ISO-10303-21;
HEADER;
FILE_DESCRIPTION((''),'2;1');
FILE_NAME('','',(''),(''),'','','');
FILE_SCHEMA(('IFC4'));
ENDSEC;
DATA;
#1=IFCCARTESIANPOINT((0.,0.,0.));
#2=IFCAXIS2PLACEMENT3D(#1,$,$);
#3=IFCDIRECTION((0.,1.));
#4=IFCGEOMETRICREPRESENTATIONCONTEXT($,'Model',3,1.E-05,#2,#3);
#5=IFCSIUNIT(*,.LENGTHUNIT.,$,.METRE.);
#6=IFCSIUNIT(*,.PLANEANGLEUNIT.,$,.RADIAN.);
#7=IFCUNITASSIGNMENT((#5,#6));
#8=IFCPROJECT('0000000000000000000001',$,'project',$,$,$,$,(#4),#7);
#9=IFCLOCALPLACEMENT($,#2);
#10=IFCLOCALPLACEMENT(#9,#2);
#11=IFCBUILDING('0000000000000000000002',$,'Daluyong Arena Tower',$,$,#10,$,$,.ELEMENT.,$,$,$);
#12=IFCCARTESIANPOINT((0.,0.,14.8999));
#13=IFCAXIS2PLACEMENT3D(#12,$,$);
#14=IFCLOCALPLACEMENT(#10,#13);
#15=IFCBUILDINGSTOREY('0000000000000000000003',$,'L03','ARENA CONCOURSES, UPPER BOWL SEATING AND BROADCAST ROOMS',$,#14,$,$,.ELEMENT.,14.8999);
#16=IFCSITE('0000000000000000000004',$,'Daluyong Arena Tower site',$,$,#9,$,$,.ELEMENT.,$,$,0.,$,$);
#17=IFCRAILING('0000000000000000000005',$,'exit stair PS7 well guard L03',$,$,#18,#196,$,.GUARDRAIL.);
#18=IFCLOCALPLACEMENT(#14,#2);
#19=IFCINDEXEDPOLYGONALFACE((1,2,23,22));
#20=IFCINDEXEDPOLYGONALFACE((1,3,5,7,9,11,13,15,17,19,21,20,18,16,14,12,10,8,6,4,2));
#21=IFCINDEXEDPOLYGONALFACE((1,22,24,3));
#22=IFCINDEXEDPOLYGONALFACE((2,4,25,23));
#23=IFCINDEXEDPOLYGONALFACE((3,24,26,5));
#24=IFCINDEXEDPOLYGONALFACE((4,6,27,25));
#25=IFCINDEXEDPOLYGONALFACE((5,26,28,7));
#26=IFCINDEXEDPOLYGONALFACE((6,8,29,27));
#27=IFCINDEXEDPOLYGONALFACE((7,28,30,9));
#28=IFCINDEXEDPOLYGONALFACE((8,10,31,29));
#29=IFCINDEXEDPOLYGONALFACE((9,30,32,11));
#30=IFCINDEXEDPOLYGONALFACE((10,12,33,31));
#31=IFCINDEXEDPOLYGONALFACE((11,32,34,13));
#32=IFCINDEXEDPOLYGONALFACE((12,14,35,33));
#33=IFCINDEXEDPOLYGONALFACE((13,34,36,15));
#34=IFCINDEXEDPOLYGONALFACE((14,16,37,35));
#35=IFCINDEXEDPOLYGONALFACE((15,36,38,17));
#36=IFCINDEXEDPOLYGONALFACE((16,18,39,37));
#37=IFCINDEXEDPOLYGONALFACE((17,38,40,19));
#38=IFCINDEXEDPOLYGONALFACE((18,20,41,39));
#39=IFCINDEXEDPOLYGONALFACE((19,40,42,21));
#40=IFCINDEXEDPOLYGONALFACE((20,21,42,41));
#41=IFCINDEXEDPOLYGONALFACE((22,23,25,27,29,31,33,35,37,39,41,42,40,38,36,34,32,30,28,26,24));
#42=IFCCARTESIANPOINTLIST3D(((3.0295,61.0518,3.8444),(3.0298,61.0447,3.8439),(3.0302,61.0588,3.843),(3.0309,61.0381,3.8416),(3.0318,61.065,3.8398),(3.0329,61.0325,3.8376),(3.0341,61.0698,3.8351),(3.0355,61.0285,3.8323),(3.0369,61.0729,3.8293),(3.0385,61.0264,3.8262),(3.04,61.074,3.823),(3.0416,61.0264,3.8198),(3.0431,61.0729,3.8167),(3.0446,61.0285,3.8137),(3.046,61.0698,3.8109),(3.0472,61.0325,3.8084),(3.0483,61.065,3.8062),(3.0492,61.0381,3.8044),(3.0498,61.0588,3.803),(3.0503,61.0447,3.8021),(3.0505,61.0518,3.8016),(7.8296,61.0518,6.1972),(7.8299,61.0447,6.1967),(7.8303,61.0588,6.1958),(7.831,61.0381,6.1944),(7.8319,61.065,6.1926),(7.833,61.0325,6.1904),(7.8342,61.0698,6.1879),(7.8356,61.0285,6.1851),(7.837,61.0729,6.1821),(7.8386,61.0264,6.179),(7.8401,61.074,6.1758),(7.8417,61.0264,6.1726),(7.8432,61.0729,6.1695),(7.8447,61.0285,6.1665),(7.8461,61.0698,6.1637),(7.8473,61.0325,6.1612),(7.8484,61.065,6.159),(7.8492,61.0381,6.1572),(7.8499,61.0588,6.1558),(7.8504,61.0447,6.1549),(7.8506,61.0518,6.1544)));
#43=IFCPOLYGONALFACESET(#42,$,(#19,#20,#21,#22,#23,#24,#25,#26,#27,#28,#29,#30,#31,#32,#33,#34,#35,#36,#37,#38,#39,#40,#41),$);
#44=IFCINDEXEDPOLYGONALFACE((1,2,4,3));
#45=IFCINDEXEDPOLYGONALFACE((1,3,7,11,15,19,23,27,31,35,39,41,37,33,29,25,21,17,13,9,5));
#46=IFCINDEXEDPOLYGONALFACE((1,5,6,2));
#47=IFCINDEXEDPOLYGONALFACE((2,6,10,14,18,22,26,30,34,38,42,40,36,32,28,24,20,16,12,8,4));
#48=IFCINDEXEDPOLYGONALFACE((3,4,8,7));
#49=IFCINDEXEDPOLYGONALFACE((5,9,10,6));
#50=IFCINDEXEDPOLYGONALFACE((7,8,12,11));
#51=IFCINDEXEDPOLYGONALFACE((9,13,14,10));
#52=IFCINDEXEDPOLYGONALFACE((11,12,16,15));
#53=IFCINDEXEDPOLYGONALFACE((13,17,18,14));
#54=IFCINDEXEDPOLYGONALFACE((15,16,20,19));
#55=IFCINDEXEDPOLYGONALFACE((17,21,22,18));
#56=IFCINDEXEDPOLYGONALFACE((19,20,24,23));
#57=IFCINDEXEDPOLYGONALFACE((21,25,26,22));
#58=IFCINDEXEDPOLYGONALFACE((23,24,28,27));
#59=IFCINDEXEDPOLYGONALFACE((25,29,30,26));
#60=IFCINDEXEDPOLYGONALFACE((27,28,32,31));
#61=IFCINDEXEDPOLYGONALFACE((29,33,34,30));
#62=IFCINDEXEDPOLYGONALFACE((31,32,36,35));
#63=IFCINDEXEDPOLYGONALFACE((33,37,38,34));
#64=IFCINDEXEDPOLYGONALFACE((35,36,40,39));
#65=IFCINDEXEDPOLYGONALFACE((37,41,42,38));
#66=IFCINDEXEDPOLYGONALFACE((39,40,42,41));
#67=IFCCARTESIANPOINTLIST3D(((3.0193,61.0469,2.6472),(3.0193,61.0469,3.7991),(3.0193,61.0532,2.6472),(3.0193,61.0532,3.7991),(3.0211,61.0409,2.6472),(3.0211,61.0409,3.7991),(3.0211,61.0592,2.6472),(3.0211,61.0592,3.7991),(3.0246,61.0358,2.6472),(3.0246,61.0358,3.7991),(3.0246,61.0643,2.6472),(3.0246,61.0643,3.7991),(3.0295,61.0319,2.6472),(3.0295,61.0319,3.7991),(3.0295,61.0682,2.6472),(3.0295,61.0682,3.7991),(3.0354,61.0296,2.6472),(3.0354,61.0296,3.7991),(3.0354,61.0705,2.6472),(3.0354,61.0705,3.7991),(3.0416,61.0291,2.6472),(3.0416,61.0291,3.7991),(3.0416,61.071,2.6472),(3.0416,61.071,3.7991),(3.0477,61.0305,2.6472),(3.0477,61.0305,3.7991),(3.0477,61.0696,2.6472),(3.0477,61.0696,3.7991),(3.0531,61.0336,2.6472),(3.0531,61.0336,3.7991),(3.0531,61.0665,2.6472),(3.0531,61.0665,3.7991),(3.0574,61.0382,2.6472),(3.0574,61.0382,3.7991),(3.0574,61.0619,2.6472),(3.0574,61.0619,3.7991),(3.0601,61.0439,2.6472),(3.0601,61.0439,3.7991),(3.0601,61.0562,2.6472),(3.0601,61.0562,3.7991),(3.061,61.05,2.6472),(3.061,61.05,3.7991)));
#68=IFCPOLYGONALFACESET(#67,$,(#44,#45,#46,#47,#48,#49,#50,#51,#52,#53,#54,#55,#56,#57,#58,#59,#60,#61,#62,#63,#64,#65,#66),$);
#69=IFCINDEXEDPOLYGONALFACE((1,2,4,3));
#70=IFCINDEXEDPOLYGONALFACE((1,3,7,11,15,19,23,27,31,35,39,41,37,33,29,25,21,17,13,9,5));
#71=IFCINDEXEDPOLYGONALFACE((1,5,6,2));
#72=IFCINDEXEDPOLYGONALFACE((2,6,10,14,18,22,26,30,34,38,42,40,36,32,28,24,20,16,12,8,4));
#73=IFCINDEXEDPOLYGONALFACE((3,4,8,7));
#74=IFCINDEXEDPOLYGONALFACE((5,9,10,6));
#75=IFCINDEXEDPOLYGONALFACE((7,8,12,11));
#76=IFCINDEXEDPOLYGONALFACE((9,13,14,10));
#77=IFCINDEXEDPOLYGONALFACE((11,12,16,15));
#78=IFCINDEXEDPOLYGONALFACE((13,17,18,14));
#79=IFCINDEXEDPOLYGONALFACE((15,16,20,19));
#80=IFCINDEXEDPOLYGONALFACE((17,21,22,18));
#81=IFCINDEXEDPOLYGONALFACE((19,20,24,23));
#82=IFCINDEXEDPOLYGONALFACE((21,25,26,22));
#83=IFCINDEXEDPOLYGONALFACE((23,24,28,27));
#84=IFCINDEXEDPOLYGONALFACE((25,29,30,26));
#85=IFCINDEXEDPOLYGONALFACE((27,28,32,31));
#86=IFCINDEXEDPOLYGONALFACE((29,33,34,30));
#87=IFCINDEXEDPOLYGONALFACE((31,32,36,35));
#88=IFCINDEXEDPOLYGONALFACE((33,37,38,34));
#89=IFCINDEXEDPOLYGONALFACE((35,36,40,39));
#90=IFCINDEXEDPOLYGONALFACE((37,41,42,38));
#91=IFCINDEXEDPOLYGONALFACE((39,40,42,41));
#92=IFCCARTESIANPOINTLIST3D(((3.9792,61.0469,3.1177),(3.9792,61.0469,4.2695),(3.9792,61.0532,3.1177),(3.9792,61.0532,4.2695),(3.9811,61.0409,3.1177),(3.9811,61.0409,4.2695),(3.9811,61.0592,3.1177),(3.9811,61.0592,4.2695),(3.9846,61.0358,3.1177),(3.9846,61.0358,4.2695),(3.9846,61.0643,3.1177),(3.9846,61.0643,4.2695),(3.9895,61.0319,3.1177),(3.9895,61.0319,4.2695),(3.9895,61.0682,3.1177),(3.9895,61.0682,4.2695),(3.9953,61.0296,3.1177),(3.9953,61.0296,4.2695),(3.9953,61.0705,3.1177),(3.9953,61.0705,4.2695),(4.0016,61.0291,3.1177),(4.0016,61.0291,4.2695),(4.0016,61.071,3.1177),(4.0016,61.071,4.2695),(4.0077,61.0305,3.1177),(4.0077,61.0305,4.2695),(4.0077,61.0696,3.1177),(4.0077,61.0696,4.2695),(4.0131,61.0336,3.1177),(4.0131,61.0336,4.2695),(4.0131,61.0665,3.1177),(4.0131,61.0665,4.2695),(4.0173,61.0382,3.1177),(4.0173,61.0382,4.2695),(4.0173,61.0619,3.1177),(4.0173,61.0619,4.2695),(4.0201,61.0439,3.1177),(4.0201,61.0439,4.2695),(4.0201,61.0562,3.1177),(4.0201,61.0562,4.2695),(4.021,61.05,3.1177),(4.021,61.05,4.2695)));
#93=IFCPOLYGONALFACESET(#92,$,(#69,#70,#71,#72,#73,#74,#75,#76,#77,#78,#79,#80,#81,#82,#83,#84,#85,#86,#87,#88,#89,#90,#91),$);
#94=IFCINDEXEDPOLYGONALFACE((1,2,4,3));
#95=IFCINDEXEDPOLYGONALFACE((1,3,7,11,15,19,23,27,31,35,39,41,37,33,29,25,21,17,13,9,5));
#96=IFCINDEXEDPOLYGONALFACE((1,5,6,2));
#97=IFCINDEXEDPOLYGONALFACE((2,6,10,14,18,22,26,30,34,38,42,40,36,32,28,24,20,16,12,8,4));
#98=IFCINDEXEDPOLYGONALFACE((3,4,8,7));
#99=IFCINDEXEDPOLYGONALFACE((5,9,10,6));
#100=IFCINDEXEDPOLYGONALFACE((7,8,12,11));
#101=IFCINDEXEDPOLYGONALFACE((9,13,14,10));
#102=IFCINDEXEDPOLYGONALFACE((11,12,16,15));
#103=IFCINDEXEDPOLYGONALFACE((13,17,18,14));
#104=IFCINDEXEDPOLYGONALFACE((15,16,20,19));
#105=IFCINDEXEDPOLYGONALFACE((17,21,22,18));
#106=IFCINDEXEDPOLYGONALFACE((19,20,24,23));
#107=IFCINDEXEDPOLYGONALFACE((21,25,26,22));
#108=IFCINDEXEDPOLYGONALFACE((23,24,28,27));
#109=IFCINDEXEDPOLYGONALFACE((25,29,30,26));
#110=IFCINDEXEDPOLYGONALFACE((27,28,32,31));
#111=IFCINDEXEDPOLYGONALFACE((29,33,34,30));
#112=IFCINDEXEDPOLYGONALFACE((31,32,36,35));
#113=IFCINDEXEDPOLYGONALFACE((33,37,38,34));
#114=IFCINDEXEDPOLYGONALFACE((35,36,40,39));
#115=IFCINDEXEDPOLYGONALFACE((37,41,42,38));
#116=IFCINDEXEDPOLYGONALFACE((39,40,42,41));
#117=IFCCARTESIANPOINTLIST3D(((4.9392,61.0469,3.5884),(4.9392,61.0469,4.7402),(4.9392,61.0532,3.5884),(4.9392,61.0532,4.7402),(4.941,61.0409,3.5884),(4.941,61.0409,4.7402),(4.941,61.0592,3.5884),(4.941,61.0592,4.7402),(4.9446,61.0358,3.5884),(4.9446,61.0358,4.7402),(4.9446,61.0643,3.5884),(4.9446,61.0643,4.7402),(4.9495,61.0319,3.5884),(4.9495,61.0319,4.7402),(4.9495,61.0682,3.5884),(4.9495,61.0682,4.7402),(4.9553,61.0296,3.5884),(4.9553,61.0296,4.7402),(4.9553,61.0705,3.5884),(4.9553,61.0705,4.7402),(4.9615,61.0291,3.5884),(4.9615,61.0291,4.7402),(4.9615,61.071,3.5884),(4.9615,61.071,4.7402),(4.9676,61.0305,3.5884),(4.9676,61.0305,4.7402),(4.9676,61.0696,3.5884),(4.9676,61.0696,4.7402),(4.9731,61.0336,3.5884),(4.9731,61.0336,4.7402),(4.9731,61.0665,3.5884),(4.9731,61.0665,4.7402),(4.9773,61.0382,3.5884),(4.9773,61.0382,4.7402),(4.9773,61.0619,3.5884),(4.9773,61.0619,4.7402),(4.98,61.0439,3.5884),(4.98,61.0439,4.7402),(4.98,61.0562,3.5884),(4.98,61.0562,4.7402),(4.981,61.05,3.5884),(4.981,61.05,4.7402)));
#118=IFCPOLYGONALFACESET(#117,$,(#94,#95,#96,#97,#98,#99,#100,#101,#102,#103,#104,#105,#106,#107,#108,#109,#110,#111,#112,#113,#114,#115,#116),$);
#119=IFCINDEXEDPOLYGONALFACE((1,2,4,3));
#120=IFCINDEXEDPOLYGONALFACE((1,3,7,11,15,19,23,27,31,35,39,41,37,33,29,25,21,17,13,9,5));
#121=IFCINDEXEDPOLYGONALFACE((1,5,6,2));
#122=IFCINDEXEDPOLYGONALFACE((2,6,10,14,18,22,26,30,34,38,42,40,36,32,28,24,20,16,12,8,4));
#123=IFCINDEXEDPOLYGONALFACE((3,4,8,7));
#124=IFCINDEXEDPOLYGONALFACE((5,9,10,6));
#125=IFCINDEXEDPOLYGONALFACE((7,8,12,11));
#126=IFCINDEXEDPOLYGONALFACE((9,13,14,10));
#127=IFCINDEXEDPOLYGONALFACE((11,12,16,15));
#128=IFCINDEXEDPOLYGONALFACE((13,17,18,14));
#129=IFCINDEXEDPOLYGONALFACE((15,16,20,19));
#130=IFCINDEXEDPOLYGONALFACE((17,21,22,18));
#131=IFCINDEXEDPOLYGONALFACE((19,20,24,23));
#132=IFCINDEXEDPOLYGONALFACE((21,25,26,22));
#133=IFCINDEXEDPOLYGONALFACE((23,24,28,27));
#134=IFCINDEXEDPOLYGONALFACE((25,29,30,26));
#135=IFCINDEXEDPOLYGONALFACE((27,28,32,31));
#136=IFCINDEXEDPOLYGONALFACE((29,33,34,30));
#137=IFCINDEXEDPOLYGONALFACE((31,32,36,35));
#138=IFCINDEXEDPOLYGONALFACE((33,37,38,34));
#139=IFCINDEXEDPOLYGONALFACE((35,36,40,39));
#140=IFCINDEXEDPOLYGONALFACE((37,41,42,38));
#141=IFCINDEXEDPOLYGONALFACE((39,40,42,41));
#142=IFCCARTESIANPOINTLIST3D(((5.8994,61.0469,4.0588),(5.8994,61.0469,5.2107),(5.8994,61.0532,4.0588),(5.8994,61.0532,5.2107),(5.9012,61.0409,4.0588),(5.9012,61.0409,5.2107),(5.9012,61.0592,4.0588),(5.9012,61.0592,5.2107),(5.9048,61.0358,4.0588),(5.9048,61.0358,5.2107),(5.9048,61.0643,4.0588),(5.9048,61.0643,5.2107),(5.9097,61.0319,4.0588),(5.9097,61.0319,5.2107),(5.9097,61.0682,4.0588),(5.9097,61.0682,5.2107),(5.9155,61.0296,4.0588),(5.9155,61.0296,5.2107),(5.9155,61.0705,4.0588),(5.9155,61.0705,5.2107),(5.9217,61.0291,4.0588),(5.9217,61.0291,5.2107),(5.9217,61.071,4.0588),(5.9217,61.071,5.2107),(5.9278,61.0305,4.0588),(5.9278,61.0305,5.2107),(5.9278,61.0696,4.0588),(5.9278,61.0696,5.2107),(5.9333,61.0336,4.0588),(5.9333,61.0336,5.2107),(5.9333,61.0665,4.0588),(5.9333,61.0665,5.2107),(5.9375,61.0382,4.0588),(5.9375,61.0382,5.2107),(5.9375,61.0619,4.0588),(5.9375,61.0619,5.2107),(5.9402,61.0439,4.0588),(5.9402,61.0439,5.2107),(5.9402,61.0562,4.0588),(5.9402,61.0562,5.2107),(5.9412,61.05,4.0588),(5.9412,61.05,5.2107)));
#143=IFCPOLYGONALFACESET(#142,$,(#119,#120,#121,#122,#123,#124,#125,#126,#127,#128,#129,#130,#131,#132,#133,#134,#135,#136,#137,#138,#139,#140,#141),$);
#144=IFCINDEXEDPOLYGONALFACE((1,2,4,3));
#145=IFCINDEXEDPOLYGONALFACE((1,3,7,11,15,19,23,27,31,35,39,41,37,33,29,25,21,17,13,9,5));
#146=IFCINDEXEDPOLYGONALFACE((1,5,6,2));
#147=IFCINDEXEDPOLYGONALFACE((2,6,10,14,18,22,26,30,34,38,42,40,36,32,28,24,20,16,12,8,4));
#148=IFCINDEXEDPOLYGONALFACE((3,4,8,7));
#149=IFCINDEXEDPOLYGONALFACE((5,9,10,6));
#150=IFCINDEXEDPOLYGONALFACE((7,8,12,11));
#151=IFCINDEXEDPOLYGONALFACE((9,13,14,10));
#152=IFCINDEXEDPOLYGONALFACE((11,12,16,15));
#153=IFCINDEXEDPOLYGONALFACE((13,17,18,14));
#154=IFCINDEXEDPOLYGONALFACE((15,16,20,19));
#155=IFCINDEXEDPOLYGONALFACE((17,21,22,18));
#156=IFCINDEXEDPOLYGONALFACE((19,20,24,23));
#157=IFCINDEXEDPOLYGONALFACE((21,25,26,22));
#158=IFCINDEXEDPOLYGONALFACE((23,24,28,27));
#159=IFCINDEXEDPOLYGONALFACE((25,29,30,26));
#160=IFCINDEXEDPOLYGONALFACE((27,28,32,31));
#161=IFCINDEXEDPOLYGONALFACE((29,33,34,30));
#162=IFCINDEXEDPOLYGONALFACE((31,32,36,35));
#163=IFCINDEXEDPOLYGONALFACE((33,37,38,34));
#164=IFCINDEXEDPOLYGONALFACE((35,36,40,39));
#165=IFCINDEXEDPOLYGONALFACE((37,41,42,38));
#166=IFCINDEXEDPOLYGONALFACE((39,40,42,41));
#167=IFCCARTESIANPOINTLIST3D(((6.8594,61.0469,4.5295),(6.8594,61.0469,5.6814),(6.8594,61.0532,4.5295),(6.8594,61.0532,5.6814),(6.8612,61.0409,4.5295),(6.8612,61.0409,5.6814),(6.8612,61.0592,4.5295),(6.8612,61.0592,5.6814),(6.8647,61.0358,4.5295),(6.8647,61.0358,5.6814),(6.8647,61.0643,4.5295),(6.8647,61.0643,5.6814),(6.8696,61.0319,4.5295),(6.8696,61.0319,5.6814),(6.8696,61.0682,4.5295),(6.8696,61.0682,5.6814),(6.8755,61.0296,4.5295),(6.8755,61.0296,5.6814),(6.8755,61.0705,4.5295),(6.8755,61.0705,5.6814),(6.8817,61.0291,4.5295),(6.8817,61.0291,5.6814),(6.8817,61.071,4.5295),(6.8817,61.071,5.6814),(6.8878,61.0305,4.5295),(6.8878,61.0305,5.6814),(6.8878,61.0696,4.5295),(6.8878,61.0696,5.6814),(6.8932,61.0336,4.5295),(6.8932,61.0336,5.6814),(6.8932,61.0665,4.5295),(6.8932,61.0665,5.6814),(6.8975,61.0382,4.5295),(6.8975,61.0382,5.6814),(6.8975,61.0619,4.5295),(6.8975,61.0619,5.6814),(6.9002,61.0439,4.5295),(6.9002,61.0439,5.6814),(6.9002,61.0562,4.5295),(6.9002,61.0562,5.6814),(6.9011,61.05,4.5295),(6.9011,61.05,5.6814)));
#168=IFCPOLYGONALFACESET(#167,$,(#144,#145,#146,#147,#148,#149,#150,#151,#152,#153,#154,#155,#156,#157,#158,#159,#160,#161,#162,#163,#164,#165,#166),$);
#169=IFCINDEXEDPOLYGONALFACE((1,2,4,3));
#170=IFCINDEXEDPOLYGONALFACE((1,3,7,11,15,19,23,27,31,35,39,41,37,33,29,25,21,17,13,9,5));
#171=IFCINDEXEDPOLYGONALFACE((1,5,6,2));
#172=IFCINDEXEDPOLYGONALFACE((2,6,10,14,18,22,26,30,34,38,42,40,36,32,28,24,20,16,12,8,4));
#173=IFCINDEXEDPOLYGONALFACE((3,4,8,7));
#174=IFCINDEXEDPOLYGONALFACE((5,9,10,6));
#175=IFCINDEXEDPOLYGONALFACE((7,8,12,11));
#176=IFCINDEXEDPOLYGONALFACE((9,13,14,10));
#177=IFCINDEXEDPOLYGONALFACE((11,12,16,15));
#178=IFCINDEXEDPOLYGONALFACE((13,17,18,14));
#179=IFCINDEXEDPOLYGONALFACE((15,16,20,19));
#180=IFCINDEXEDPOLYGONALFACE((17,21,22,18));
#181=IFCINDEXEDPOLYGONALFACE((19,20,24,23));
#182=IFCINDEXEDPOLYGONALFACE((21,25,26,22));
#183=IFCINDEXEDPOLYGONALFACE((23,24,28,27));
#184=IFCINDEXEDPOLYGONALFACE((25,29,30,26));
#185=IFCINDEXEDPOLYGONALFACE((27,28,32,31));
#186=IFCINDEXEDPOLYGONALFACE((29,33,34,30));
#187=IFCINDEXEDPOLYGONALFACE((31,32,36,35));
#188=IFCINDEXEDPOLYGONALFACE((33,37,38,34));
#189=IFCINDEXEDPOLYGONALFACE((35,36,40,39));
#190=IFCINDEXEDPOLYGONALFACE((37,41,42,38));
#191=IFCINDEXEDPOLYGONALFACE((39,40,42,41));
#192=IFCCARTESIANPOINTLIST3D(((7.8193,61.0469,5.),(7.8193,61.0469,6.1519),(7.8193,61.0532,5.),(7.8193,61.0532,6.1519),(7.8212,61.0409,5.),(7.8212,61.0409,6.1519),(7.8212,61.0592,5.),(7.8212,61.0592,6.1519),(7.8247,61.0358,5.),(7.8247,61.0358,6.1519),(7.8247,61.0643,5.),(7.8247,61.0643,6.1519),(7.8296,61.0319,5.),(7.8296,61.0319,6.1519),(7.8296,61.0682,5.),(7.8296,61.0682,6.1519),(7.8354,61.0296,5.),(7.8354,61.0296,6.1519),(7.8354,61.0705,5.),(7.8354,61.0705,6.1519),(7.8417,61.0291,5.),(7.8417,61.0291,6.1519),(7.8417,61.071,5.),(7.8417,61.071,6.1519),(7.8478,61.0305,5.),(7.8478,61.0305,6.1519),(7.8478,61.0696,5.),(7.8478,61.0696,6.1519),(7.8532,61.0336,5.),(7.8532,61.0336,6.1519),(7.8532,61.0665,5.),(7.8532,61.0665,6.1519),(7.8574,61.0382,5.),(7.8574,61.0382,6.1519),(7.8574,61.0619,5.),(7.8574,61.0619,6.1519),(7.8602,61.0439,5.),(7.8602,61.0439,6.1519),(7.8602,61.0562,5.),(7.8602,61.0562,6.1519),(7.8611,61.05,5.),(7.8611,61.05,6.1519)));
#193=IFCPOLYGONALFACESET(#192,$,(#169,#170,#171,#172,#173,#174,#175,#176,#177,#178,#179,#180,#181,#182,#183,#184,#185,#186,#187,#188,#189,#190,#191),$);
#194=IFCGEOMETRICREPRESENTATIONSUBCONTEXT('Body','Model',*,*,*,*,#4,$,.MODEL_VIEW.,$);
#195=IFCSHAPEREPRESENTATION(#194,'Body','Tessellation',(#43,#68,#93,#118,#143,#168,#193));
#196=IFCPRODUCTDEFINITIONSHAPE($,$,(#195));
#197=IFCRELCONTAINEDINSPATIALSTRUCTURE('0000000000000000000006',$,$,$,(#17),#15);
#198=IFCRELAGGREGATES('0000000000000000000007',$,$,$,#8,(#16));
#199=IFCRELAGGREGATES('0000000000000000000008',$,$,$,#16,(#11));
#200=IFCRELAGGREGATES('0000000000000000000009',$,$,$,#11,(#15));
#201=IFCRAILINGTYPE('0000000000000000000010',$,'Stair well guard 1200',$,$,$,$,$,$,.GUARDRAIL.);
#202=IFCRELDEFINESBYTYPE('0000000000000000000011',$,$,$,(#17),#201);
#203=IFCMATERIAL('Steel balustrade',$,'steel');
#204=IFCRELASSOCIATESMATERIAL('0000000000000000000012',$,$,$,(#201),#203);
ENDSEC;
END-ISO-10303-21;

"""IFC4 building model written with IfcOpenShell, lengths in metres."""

from ifc_helpers import new_model, si_unit, direction, frame, origin, origin_2d, place, context, subcontext, project, spatial, circle, extrude, material, type_object, element, save


model = new_model("IFC4")

# Units and contexts
model_context = context("Model", 3, precision=1e-05, world=origin(), true_north=direction((0.0, 1.0)))
body_context = subcontext(model_context, "Body", "Model", "MODEL_VIEW")
ifc_project = project(units=[si_unit("LENGTHUNIT", "METRE"), si_unit("PLANEANGLEUNIT", "RADIAN")], contexts=[model_context])

# Site, building, storey
site_placement = place(None, origin())
site = spatial("IfcSite", under=ifc_project, at=site_placement, Name="Daluyong Arena Tower site", CompositionType="ELEMENT", RefElevation=0.0)
building_placement = place(site_placement, origin())
building = spatial("IfcBuilding", under=site, at=building_placement, Name="Daluyong Arena Tower", CompositionType="ELEMENT")
storey_placement = place(building_placement, frame((0.0, 0.0, 14.8999)))
storey = spatial("IfcBuildingStorey", under=building, at=storey_placement, Name="L03", Description="ARENA CONCOURSES, UPPER BOWL SEATING AND BROADCAST ROOMS", CompositionType="ELEMENT", Elevation=14.8999)

# Railing
ifc_material_1 = material(Name="Steel balustrade", Category="steel")
railing_type_1 = type_object("IfcRailingType", Name="Stair well guard 1200", PredefinedType="GUARDRAIL", material=ifc_material_1)
railing_1_placement = place(storey_placement, frame((3.04, 61.05, 2.6472)))
element("IfcRailing", 1, at=railing_1_placement, inside=storey, type_object=railing_type_1, Name="exit stair PS7 well guard L03", PredefinedType="GUARDRAIL", context=body_context, shape_type="SweptSolid", body=[
    extrude(circle(Radius=0.0239, at=origin_2d()), frame((0.0, 0.0, 1.1758), z_axis=(0.897934, 0.0, 0.44013), x_axis=(0.0, 1.0, 0.0)), (0.0, 0.0, 1.0), 5.3457),
    extrude(circle(Radius=0.021, at=origin_2d()), origin(), (0.0, 0.0, 1.0), 1.1519),
    extrude(circle(Radius=0.021, at=origin_2d()), frame((0.96, 0.0, 0.4705)), (0.0, 0.0, 1.0), 1.1519),
    extrude(circle(Radius=0.021, at=origin_2d()), frame((1.9199, 0.0, 0.9412)), (0.0, 0.0, 1.0), 1.1519),
    extrude(circle(Radius=0.021, at=origin_2d()), frame((2.8801, 0.0, 1.4116)), (0.0, 0.0, 1.0), 1.1519),
    extrude(circle(Radius=0.021, at=origin_2d()), frame((3.8401, 0.0, 1.8823)), (0.0, 0.0, 1.0), 1.1519),
    extrude(circle(Radius=0.021, at=origin_2d()), frame((4.8, 0.0, 2.3528)), (0.0, 0.0, 1.0), 1.1519),
])

save(model, "model.ifc")
